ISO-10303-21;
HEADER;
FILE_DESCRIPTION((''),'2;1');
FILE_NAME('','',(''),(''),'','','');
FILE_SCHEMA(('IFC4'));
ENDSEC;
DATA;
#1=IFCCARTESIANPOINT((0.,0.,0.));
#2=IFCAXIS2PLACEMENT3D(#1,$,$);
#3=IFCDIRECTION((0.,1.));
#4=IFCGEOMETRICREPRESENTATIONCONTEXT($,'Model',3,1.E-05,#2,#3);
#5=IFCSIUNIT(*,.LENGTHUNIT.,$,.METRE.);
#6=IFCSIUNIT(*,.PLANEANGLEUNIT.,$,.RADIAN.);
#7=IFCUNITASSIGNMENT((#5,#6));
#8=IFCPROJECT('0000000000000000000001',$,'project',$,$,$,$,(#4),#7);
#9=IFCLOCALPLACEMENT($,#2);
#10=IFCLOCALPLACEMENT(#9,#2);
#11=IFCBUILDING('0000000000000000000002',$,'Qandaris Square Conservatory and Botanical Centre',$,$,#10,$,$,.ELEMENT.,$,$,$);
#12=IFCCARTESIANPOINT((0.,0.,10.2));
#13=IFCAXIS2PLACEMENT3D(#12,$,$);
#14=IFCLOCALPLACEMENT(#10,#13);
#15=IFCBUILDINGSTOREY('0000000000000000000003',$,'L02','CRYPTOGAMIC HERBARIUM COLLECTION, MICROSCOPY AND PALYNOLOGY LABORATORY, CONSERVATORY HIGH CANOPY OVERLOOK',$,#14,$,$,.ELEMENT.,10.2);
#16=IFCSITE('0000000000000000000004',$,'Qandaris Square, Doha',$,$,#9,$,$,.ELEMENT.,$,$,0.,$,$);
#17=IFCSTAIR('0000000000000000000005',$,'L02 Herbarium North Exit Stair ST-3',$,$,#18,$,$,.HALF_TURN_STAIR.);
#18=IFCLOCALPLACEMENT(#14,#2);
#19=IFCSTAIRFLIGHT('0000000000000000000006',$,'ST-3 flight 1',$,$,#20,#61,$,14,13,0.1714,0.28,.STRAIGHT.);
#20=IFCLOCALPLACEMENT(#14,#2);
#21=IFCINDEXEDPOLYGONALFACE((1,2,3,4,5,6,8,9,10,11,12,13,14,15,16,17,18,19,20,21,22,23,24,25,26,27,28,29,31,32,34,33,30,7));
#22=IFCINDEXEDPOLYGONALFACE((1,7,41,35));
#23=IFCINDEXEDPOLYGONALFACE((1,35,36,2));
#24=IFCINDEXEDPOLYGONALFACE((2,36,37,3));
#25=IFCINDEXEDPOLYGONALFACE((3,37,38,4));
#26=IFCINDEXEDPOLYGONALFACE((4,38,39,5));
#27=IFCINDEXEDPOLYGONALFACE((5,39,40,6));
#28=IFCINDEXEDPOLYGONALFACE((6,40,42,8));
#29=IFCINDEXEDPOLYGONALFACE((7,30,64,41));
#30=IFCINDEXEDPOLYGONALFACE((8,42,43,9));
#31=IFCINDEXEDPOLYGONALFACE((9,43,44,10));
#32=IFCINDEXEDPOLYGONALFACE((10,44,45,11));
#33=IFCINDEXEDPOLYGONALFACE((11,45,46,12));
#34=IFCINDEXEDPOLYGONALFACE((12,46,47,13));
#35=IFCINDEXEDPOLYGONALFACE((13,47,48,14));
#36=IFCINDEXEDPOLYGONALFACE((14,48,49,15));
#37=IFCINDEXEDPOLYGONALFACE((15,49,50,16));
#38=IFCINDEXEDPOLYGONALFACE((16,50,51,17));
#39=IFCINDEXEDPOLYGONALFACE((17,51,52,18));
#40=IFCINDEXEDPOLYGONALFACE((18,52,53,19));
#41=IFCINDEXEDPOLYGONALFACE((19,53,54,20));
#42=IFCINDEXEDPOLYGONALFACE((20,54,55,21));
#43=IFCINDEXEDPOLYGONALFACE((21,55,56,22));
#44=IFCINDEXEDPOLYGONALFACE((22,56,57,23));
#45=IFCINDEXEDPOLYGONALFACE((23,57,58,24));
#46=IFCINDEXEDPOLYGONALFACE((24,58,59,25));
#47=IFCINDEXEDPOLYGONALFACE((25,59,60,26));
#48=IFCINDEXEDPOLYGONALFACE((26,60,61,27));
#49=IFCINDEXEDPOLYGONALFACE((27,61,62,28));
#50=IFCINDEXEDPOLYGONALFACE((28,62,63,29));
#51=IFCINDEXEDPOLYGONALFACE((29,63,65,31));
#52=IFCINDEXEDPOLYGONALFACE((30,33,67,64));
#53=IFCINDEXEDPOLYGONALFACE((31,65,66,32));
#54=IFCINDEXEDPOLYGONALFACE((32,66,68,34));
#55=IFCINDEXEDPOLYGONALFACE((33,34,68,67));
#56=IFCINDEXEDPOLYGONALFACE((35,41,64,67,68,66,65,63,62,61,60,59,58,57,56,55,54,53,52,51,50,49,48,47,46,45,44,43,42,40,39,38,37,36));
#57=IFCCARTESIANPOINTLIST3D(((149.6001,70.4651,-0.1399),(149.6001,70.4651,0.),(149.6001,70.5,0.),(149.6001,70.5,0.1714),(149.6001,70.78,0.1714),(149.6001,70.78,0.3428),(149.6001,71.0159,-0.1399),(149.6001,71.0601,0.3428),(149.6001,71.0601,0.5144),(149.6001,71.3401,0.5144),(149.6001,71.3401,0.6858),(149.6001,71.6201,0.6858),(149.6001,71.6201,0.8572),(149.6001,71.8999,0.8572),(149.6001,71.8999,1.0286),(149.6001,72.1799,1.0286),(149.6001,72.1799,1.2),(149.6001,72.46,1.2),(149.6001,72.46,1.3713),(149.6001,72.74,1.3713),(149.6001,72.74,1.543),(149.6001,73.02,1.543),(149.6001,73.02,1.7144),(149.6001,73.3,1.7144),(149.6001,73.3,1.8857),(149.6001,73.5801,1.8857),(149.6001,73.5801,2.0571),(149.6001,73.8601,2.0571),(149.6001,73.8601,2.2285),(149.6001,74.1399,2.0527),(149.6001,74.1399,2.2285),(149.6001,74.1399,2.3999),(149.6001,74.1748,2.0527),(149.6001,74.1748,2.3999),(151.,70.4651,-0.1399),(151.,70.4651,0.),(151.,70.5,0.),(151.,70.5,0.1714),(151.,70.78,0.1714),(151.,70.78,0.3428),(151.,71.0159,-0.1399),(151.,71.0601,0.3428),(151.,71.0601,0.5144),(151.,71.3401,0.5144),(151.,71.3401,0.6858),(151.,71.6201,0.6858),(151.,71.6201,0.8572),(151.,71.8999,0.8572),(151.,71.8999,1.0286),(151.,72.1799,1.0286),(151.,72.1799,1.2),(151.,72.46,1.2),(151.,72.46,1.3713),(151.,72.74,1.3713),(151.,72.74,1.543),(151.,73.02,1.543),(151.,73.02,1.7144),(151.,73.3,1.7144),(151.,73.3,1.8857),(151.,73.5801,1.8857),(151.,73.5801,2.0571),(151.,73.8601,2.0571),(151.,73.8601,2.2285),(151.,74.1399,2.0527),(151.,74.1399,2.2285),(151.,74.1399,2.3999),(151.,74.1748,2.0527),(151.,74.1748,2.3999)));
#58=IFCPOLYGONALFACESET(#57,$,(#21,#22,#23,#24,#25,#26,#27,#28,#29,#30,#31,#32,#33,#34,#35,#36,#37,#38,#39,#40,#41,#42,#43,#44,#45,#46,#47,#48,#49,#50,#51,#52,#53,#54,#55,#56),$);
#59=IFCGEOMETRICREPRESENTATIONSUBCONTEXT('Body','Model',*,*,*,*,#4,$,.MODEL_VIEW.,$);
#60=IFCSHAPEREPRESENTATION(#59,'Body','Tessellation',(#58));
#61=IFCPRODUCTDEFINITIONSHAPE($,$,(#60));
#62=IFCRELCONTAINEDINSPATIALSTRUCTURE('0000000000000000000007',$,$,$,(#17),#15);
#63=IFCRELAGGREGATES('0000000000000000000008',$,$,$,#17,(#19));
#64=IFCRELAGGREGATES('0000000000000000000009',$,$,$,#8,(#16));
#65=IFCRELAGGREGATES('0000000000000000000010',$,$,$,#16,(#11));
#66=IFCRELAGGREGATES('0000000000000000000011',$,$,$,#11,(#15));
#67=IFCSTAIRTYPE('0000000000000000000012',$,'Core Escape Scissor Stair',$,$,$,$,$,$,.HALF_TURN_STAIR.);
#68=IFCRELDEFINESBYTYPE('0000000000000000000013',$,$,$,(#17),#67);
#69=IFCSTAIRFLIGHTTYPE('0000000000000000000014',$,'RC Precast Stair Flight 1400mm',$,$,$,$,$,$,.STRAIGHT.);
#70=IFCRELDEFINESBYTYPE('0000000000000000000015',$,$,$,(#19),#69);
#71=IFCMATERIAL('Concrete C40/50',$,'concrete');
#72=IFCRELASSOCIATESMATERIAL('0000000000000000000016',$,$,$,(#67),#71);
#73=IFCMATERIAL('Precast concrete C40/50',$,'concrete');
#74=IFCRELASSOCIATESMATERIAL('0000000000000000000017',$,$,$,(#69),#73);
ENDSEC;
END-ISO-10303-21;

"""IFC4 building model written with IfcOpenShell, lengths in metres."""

from ifc_helpers import new_model, si_unit, direction, frame, origin, place, context, subcontext, project, spatial, polyline, outline, extrude, material, type_object, element, aggregate, save


model = new_model("IFC4")

# Units and contexts
model_context = context("Model", 3, precision=1e-05, world=origin(), true_north=direction((0.0, 1.0)))
body_context = subcontext(model_context, "Body", "Model", "MODEL_VIEW")
ifc_project = project(units=[si_unit("LENGTHUNIT", "METRE"), si_unit("PLANEANGLEUNIT", "RADIAN")], contexts=[model_context])

# Site, building, storey
site_placement = place(None, origin())
site = spatial("IfcSite", under=ifc_project, at=site_placement, Name="Qandaris Square, Doha", CompositionType="ELEMENT", RefElevation=0.0)
building_placement = place(site_placement, origin())
building = spatial("IfcBuilding", under=site, at=building_placement, Name="Qandaris Square Conservatory and Botanical Centre", CompositionType="ELEMENT")
storey_placement = place(building_placement, frame((0.0, 0.0, 10.2)))
storey = spatial("IfcBuildingStorey", under=building, at=storey_placement, Name="L02", Description="CRYPTOGAMIC HERBARIUM COLLECTION, MICROSCOPY AND PALYNOLOGY LABORATORY, CONSERVATORY HIGH CANOPY OVERLOOK", CompositionType="ELEMENT", Elevation=10.2)

# Stair, stair flight
ifc_material_1 = material(Name="Concrete C40/50", Category="concrete")
stair_type = type_object("IfcStairType", Name="Core Escape Scissor Stair", PredefinedType="HALF_TURN_STAIR", material=ifc_material_1)
stair_placement = place(storey_placement, origin())
stair = element("IfcStair", 1, at=stair_placement, inside=storey, type_object=stair_type, Name="L02 Herbarium North Exit Stair ST-3", PredefinedType="HALF_TURN_STAIR")
ifc_material_2 = material(Name="Precast concrete C40/50", Category="concrete")
stair_flight_type = type_object("IfcStairFlightType", Name="RC Precast Stair Flight 1400mm", PredefinedType="STRAIGHT", material=ifc_material_2)
stair_flight_placement = place(storey_placement, frame((150.3, 70.5, 0.0), z_axis=(0.0, 0.0, 1.0), x_axis=(0.0, 1.0, 0.0)))
stair_flight = element("IfcStairFlight", 2, at=stair_flight_placement, type_object=stair_flight_type, Name="ST-3 flight 1", NumberOfRisers=14, NumberOfTreads=13, PredefinedType="STRAIGHT", RiserHeight=0.1714, TreadLength=0.28, context=body_context, shape_type="SweptSolid", body=[
    extrude(outline(polyline([(-0.0349, 0.0), (0.0, 0.0), (0.0, 0.1714), (0.28, 0.1714), (0.28, 0.3428), (0.5601, 0.3428), (0.5601, 0.5144), (0.8401, 0.5144), (0.8401, 0.6858), (1.1201, 0.6858), (1.1201, 0.8572), (1.3999, 0.8572), (1.3999, 1.0286), (1.6799, 1.0286), (1.6799, 1.2), (1.96, 1.2), (1.96, 1.3713), (2.24, 1.3713), (2.24, 1.543), (2.52, 1.543), (2.52, 1.7144), (2.8, 1.7144), (2.8, 1.8857), (3.0801, 1.8857), (3.0801, 2.0571), (3.3601, 2.0571), (3.3601, 2.2285), (3.6399, 2.2285), (3.6399, 2.3999), (3.6748, 2.3999), (3.6748, 2.0527), (3.6399, 2.0527), (0.5159, -0.1399), (-0.0349, -0.1399), (-0.0349, 0.0)])), frame((0.0, 0.7, 0.0), z_axis=(0.0, -1.0, 0.0), x_axis=(1.0, 0.0, 0.0)), (0.0, 0.0, 1.0), 1.3999),
])
aggregate(stair, [stair_flight])

save(model, "model.ifc")
